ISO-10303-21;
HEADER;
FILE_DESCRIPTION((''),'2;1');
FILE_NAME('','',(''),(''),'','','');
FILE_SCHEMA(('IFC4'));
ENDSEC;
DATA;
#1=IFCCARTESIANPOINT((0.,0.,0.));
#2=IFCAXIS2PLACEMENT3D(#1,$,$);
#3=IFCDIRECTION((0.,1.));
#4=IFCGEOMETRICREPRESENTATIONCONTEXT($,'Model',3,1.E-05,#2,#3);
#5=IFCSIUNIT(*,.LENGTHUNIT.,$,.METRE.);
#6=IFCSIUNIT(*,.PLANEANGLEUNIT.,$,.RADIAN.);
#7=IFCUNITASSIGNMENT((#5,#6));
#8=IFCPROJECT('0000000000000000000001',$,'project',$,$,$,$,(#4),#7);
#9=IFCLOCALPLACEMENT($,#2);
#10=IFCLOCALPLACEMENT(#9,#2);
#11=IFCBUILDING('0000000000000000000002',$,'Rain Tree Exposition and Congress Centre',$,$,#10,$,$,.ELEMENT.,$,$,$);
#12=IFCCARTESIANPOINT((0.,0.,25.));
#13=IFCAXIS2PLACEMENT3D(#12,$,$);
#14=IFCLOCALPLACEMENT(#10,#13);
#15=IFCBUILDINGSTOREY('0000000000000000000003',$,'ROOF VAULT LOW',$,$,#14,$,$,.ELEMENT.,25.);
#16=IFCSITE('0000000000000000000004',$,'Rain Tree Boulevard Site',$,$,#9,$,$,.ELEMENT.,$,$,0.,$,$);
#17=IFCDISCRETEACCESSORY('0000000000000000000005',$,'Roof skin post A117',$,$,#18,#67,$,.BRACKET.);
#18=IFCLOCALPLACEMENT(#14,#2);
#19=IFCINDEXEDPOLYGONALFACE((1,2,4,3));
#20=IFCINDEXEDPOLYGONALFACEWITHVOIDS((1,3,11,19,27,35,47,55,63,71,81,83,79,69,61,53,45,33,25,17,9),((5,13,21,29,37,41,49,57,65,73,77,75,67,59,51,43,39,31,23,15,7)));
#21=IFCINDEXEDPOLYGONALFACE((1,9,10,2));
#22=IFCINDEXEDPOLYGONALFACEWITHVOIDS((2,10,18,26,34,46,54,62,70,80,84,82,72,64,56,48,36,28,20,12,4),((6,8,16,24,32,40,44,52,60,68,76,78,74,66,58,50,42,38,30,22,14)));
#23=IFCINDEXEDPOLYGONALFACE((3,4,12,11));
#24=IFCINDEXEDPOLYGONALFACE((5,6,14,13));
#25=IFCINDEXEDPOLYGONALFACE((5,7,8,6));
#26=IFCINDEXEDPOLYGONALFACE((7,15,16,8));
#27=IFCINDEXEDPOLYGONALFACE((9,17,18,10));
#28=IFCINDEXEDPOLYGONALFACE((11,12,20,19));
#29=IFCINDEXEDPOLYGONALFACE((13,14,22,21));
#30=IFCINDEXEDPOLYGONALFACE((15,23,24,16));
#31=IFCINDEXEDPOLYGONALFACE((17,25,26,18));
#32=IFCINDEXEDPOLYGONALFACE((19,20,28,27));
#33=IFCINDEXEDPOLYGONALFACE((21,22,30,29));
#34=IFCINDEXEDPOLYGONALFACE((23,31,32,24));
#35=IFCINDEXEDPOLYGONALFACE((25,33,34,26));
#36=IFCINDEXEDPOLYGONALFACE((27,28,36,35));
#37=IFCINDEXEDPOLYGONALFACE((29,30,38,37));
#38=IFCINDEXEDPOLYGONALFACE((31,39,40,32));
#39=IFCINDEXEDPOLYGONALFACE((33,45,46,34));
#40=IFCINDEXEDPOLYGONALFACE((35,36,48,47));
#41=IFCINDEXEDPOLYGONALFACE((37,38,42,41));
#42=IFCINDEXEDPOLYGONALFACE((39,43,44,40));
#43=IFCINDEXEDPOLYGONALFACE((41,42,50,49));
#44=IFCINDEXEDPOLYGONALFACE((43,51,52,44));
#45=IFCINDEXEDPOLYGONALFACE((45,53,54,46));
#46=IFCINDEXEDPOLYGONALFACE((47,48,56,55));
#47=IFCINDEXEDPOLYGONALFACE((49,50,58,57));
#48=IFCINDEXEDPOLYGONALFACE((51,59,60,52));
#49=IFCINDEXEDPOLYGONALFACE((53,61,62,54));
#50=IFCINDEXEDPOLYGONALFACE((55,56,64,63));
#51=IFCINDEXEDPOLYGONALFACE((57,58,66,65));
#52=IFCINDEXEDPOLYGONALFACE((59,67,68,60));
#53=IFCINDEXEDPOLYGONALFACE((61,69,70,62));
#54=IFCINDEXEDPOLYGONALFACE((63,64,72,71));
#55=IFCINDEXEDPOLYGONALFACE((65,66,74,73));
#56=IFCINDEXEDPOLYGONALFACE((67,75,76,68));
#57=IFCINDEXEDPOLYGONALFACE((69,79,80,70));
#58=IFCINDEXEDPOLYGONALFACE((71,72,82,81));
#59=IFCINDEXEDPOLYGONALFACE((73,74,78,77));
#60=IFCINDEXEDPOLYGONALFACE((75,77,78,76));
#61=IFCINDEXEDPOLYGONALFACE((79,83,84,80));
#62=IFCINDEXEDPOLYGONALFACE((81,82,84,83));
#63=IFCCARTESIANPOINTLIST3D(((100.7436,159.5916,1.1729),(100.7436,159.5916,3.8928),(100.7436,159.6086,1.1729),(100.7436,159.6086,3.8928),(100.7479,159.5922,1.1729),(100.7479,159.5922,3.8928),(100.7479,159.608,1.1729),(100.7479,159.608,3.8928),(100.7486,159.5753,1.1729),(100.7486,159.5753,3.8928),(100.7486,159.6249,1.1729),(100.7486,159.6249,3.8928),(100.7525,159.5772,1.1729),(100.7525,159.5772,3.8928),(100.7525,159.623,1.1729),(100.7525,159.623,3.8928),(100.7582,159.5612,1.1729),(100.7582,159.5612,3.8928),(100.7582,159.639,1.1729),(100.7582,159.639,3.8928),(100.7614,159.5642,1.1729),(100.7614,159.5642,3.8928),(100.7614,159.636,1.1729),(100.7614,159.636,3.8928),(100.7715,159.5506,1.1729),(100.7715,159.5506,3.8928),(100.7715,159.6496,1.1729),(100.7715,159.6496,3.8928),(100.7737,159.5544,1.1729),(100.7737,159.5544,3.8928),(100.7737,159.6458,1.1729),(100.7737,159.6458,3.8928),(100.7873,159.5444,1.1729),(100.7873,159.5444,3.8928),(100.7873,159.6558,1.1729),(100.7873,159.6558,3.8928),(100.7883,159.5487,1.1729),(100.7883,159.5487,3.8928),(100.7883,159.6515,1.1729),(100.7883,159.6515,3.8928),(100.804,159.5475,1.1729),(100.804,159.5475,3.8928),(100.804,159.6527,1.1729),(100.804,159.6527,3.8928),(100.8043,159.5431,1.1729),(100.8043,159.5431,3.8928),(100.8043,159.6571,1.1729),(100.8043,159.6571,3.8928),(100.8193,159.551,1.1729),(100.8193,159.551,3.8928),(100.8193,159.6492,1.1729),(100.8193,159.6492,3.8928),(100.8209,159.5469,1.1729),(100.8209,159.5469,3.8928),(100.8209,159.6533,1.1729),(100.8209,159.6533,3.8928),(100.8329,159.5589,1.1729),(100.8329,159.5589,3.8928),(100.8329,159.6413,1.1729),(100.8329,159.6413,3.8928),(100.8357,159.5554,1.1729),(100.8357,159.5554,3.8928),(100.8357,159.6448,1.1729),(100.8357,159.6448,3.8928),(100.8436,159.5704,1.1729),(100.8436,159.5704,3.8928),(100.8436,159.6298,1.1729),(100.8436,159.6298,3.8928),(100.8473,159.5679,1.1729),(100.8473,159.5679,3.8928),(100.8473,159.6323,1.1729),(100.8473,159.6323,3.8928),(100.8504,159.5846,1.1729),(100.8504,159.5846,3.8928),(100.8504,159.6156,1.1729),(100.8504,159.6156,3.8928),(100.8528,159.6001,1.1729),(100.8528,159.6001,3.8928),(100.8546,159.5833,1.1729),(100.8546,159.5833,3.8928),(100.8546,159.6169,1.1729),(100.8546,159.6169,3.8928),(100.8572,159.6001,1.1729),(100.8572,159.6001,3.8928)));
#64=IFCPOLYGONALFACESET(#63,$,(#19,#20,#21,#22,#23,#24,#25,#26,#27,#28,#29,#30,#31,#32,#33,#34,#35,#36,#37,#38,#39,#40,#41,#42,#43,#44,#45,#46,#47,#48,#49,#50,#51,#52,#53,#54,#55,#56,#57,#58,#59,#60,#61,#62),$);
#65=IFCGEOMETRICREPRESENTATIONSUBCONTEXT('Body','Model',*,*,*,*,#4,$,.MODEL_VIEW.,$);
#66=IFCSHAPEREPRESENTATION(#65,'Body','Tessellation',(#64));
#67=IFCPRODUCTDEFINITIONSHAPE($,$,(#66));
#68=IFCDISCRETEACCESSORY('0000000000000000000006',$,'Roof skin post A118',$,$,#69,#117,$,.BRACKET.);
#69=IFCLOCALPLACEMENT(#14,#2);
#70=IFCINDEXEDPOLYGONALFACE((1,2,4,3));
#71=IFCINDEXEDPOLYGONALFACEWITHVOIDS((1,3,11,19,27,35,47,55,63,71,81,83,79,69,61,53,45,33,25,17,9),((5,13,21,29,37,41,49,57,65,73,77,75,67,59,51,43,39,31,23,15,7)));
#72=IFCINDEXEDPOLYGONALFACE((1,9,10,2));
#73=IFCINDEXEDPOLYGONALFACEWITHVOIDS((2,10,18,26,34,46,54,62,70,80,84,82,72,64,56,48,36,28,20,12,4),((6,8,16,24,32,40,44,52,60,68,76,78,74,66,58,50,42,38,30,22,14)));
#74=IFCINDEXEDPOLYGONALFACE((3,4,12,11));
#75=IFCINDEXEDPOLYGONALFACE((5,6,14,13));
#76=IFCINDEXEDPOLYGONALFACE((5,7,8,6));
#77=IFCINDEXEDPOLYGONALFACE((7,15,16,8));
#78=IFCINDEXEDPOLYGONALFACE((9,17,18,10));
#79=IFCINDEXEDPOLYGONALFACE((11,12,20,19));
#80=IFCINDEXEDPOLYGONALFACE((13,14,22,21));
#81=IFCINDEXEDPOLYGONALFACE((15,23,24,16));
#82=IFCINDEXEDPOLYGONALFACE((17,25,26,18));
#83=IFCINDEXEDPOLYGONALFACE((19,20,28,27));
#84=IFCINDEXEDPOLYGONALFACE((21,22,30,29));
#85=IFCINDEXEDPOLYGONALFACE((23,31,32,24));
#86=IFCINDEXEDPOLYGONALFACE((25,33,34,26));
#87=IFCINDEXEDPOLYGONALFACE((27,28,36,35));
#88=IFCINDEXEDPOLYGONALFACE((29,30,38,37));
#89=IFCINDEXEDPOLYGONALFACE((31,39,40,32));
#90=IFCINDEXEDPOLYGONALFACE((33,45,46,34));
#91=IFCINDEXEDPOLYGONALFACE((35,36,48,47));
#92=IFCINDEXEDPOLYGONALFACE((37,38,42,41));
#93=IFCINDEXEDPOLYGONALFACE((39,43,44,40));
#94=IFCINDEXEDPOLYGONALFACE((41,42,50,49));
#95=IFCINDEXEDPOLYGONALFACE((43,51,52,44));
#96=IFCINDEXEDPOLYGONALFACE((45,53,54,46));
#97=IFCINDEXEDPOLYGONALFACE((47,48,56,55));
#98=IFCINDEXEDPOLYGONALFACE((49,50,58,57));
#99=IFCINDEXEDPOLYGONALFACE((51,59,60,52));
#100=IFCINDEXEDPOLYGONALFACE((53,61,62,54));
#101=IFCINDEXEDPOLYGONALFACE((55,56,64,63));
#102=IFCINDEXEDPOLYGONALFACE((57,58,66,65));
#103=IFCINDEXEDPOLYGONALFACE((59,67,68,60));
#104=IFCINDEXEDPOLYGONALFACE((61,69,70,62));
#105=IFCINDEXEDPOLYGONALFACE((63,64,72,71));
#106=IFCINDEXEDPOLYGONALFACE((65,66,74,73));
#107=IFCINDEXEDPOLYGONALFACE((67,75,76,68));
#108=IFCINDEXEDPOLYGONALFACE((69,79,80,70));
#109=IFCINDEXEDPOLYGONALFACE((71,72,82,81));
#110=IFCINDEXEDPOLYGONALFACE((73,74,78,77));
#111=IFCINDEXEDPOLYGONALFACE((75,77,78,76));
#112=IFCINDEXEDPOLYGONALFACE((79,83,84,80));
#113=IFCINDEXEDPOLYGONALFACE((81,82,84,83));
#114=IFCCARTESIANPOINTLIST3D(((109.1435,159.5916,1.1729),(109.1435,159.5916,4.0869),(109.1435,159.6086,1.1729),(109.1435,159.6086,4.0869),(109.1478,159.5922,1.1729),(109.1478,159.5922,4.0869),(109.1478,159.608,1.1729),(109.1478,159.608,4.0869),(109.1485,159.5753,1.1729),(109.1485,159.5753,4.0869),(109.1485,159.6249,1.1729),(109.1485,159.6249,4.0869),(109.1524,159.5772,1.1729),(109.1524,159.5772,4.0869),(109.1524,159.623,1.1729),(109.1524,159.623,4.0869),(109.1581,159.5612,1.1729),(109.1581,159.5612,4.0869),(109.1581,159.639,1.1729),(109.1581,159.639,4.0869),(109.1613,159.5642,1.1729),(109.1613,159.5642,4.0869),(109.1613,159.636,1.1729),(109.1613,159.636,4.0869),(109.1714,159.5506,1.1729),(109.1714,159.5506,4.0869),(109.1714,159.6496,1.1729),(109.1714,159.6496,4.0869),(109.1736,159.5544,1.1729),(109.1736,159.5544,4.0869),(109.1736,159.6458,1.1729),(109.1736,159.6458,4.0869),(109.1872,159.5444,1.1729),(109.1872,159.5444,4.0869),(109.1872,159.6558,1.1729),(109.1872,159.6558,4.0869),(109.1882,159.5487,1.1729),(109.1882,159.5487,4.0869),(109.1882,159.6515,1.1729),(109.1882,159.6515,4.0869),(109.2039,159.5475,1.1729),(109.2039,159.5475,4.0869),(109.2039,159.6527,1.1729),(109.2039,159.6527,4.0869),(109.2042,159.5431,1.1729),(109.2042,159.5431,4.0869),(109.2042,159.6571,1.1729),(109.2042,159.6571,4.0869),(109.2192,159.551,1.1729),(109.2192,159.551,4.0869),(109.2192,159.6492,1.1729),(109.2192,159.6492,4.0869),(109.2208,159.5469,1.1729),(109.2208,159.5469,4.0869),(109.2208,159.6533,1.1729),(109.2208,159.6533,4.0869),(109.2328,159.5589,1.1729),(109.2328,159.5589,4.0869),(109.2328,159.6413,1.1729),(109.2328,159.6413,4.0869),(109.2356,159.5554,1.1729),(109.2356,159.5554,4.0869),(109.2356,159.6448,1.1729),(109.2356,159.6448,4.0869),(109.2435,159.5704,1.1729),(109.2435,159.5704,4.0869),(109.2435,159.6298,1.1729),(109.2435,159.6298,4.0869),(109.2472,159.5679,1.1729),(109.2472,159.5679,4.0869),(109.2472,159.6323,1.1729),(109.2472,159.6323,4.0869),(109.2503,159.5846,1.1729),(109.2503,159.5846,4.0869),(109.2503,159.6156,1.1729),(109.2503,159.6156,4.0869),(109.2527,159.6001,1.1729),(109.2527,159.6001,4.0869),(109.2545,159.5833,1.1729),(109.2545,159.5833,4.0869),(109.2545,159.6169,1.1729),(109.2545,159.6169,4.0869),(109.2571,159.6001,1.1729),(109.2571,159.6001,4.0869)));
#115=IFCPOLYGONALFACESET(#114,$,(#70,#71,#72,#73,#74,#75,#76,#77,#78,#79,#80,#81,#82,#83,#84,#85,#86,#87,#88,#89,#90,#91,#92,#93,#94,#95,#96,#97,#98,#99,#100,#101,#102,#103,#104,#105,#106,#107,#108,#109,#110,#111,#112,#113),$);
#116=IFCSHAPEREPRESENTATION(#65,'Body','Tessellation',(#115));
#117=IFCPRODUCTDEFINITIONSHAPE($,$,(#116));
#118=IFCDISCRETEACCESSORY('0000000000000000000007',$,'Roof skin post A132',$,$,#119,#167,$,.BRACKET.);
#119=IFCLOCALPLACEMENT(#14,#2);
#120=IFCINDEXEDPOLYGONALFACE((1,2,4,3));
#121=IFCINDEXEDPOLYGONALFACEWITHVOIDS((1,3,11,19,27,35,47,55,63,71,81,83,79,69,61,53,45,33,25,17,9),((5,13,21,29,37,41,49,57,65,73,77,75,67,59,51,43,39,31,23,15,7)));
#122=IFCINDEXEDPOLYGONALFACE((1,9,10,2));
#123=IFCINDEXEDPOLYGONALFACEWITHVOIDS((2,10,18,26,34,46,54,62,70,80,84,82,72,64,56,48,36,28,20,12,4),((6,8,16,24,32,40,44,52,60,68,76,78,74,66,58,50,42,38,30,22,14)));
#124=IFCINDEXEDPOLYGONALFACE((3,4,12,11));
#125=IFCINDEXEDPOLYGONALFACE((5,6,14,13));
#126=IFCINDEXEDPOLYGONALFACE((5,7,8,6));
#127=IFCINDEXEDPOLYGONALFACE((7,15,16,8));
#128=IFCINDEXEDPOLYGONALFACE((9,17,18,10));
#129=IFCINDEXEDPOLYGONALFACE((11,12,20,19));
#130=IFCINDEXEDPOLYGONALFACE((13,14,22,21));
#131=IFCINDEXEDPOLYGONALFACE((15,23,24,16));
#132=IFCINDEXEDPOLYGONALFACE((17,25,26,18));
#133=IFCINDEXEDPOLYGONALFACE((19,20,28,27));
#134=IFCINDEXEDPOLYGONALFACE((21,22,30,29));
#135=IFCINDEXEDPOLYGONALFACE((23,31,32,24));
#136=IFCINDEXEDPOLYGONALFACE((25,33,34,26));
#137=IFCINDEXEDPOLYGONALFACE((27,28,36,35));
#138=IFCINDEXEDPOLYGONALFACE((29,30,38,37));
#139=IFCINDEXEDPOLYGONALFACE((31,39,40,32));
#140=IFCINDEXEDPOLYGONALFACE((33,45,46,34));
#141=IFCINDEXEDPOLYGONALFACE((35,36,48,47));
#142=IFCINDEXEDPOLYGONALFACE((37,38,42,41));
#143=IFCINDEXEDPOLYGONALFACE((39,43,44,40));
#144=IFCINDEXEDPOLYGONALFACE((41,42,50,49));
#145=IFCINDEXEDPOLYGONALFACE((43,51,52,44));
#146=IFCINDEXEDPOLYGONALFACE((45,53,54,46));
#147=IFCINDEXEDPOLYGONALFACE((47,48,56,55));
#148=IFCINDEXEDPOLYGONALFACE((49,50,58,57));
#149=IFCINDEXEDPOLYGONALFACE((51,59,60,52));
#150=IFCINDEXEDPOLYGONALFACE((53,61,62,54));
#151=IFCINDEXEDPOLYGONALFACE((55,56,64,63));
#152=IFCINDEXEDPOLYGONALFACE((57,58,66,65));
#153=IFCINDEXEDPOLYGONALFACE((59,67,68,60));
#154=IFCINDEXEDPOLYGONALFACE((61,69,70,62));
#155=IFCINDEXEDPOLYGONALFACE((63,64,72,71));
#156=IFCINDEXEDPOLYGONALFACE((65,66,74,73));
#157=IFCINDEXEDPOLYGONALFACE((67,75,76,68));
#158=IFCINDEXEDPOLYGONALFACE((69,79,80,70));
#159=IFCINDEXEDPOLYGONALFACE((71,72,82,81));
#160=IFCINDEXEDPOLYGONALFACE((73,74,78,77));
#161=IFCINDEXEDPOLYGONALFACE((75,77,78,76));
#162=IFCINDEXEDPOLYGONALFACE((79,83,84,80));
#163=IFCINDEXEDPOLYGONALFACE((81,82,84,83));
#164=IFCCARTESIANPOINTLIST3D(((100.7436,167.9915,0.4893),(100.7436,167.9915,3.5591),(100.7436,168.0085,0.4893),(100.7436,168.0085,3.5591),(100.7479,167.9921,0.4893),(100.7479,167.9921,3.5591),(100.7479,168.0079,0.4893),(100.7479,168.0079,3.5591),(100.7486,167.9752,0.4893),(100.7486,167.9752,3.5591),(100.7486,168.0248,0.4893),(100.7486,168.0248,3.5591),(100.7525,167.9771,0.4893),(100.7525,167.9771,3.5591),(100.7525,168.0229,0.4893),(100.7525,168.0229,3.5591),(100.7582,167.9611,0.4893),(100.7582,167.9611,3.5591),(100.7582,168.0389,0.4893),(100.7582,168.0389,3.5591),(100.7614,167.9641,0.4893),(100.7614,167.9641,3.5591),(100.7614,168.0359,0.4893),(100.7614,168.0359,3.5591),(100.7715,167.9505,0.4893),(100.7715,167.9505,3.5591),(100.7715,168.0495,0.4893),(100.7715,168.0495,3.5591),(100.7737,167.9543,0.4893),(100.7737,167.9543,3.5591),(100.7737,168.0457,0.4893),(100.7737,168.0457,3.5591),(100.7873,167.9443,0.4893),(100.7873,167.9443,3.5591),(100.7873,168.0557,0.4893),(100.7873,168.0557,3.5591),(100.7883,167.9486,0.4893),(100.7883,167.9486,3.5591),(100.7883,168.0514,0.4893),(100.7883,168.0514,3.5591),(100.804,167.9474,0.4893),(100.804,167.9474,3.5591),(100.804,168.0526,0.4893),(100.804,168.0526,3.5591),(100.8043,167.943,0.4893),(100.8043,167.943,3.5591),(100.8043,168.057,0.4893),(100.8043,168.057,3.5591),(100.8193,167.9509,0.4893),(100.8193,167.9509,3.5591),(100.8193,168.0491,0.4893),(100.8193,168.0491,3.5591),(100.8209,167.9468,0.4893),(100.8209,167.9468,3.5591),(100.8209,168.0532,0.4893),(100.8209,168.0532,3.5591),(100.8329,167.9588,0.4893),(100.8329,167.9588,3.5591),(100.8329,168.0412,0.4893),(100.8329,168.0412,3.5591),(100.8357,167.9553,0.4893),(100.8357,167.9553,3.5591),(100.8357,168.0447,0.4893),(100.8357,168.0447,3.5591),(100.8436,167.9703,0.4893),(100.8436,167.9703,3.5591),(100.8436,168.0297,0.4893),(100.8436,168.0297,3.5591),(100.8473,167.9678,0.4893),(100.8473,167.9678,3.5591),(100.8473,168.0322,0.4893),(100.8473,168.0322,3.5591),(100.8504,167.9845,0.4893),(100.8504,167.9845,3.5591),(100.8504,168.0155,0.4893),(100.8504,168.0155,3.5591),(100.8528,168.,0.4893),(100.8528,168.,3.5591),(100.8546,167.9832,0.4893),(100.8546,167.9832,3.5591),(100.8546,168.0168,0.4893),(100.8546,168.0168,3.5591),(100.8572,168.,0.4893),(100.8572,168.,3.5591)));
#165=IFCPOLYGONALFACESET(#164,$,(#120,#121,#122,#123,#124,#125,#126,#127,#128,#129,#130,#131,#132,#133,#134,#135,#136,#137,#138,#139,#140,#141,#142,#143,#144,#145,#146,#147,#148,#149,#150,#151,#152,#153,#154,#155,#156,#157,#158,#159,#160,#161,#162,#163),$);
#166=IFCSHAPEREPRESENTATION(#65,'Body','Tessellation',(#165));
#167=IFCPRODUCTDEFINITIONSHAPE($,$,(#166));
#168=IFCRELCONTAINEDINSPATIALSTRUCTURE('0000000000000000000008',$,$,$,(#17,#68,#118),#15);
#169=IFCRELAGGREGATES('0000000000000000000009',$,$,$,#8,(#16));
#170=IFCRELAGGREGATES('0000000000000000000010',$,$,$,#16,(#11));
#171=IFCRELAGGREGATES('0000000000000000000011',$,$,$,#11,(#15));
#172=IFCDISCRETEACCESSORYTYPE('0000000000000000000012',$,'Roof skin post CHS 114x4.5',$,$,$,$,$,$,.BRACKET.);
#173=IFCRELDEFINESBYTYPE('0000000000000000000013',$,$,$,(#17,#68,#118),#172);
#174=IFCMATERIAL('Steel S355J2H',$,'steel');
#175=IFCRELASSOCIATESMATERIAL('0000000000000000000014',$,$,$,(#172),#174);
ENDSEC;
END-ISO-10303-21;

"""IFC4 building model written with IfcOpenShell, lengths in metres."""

from ifc_helpers import new_model, si_unit, direction, frame, origin, origin_2d, place, context, subcontext, project, spatial, hollow_circle, extrude, material, material_profile, profile_set, type_object, element, save


model = new_model("IFC4")

# Units and contexts
model_context = context("Model", 3, precision=1e-05, world=origin(), true_north=direction((0.0, 1.0)))
body_context = subcontext(model_context, "Body", "Model", "MODEL_VIEW")
ifc_project = project(units=[si_unit("LENGTHUNIT", "METRE"), si_unit("PLANEANGLEUNIT", "RADIAN")], contexts=[model_context])

# Site, building, storey
site_placement = place(None, origin())
site = spatial("IfcSite", under=ifc_project, at=site_placement, Name="Rain Tree Boulevard Site", CompositionType="ELEMENT", RefElevation=0.0)
building_placement = place(site_placement, origin())
building = spatial("IfcBuilding", under=site, at=building_placement, Name="Rain Tree Exposition and Congress Centre", CompositionType="ELEMENT")
storey_placement = place(building_placement, frame((0.0, 0.0, 25.0)))
storey = spatial("IfcBuildingStorey", under=building, at=storey_placement, Name="ROOF VAULT LOW", CompositionType="ELEMENT", Elevation=25.0)

# Discrete accessories
ifc_material_1 = material(Name="Steel S355J2H", Category="steel")
ifc_material_profile_1 = material_profile(ifc_material_1, hollow_circle(Radius=0.0571, WallThickness=0.0044, at=origin_2d()), Name="CHS 114x4.5")
ifc_profile_set_1 = profile_set([ifc_material_profile_1], Name="Steel S355J2H")
discrete_accessory_type = type_object("IfcDiscreteAccessoryType", Name="Roof skin post CHS 114x4.5", PredefinedType="BRACKET", material=ifc_profile_set_1)
discrete_accessory_1_placement = place(storey_placement, frame((100.8, 159.6001, 1.1729), z_axis=(0.0, 0.0, 1.0), x_axis=(1.0, 0.0, 0.0)))
element("IfcDiscreteAccessory", 1, at=discrete_accessory_1_placement, inside=storey, type_object=discrete_accessory_type, Name="Roof skin post A117", PredefinedType="BRACKET", context=body_context, shape_type="SweptSolid", body=[
    extrude(hollow_circle(Radius=0.0571, WallThickness=0.0044, at=origin_2d()), origin(), (0.0, 0.0, 1.0), 2.72),
])
discrete_accessory_2_placement = place(storey_placement, frame((109.2, 159.6001, 1.1729), z_axis=(0.0, 0.0, 1.0), x_axis=(1.0, 0.0, 0.0)))
element("IfcDiscreteAccessory", 2, at=discrete_accessory_2_placement, inside=storey, type_object=discrete_accessory_type, Name="Roof skin post A118", PredefinedType="BRACKET", context=body_context, shape_type="SweptSolid", body=[
    extrude(hollow_circle(Radius=0.0571, WallThickness=0.0044, at=origin_2d()), origin(), (0.0, 0.0, 1.0), 2.9141),
])
discrete_accessory_3_placement = place(storey_placement, frame((100.8, 168.0, 0.4893), z_axis=(0.0, 0.0, 1.0), x_axis=(1.0, 0.0, 0.0)))
element("IfcDiscreteAccessory", 3, at=discrete_accessory_3_placement, inside=storey, type_object=discrete_accessory_type, Name="Roof skin post A132", PredefinedType="BRACKET", context=body_context, shape_type="SweptSolid", body=[
    extrude(hollow_circle(Radius=0.0571, WallThickness=0.0044, at=origin_2d()), origin(), (0.0, 0.0, 1.0), 3.0698),
])

save(model, "model.ifc")
